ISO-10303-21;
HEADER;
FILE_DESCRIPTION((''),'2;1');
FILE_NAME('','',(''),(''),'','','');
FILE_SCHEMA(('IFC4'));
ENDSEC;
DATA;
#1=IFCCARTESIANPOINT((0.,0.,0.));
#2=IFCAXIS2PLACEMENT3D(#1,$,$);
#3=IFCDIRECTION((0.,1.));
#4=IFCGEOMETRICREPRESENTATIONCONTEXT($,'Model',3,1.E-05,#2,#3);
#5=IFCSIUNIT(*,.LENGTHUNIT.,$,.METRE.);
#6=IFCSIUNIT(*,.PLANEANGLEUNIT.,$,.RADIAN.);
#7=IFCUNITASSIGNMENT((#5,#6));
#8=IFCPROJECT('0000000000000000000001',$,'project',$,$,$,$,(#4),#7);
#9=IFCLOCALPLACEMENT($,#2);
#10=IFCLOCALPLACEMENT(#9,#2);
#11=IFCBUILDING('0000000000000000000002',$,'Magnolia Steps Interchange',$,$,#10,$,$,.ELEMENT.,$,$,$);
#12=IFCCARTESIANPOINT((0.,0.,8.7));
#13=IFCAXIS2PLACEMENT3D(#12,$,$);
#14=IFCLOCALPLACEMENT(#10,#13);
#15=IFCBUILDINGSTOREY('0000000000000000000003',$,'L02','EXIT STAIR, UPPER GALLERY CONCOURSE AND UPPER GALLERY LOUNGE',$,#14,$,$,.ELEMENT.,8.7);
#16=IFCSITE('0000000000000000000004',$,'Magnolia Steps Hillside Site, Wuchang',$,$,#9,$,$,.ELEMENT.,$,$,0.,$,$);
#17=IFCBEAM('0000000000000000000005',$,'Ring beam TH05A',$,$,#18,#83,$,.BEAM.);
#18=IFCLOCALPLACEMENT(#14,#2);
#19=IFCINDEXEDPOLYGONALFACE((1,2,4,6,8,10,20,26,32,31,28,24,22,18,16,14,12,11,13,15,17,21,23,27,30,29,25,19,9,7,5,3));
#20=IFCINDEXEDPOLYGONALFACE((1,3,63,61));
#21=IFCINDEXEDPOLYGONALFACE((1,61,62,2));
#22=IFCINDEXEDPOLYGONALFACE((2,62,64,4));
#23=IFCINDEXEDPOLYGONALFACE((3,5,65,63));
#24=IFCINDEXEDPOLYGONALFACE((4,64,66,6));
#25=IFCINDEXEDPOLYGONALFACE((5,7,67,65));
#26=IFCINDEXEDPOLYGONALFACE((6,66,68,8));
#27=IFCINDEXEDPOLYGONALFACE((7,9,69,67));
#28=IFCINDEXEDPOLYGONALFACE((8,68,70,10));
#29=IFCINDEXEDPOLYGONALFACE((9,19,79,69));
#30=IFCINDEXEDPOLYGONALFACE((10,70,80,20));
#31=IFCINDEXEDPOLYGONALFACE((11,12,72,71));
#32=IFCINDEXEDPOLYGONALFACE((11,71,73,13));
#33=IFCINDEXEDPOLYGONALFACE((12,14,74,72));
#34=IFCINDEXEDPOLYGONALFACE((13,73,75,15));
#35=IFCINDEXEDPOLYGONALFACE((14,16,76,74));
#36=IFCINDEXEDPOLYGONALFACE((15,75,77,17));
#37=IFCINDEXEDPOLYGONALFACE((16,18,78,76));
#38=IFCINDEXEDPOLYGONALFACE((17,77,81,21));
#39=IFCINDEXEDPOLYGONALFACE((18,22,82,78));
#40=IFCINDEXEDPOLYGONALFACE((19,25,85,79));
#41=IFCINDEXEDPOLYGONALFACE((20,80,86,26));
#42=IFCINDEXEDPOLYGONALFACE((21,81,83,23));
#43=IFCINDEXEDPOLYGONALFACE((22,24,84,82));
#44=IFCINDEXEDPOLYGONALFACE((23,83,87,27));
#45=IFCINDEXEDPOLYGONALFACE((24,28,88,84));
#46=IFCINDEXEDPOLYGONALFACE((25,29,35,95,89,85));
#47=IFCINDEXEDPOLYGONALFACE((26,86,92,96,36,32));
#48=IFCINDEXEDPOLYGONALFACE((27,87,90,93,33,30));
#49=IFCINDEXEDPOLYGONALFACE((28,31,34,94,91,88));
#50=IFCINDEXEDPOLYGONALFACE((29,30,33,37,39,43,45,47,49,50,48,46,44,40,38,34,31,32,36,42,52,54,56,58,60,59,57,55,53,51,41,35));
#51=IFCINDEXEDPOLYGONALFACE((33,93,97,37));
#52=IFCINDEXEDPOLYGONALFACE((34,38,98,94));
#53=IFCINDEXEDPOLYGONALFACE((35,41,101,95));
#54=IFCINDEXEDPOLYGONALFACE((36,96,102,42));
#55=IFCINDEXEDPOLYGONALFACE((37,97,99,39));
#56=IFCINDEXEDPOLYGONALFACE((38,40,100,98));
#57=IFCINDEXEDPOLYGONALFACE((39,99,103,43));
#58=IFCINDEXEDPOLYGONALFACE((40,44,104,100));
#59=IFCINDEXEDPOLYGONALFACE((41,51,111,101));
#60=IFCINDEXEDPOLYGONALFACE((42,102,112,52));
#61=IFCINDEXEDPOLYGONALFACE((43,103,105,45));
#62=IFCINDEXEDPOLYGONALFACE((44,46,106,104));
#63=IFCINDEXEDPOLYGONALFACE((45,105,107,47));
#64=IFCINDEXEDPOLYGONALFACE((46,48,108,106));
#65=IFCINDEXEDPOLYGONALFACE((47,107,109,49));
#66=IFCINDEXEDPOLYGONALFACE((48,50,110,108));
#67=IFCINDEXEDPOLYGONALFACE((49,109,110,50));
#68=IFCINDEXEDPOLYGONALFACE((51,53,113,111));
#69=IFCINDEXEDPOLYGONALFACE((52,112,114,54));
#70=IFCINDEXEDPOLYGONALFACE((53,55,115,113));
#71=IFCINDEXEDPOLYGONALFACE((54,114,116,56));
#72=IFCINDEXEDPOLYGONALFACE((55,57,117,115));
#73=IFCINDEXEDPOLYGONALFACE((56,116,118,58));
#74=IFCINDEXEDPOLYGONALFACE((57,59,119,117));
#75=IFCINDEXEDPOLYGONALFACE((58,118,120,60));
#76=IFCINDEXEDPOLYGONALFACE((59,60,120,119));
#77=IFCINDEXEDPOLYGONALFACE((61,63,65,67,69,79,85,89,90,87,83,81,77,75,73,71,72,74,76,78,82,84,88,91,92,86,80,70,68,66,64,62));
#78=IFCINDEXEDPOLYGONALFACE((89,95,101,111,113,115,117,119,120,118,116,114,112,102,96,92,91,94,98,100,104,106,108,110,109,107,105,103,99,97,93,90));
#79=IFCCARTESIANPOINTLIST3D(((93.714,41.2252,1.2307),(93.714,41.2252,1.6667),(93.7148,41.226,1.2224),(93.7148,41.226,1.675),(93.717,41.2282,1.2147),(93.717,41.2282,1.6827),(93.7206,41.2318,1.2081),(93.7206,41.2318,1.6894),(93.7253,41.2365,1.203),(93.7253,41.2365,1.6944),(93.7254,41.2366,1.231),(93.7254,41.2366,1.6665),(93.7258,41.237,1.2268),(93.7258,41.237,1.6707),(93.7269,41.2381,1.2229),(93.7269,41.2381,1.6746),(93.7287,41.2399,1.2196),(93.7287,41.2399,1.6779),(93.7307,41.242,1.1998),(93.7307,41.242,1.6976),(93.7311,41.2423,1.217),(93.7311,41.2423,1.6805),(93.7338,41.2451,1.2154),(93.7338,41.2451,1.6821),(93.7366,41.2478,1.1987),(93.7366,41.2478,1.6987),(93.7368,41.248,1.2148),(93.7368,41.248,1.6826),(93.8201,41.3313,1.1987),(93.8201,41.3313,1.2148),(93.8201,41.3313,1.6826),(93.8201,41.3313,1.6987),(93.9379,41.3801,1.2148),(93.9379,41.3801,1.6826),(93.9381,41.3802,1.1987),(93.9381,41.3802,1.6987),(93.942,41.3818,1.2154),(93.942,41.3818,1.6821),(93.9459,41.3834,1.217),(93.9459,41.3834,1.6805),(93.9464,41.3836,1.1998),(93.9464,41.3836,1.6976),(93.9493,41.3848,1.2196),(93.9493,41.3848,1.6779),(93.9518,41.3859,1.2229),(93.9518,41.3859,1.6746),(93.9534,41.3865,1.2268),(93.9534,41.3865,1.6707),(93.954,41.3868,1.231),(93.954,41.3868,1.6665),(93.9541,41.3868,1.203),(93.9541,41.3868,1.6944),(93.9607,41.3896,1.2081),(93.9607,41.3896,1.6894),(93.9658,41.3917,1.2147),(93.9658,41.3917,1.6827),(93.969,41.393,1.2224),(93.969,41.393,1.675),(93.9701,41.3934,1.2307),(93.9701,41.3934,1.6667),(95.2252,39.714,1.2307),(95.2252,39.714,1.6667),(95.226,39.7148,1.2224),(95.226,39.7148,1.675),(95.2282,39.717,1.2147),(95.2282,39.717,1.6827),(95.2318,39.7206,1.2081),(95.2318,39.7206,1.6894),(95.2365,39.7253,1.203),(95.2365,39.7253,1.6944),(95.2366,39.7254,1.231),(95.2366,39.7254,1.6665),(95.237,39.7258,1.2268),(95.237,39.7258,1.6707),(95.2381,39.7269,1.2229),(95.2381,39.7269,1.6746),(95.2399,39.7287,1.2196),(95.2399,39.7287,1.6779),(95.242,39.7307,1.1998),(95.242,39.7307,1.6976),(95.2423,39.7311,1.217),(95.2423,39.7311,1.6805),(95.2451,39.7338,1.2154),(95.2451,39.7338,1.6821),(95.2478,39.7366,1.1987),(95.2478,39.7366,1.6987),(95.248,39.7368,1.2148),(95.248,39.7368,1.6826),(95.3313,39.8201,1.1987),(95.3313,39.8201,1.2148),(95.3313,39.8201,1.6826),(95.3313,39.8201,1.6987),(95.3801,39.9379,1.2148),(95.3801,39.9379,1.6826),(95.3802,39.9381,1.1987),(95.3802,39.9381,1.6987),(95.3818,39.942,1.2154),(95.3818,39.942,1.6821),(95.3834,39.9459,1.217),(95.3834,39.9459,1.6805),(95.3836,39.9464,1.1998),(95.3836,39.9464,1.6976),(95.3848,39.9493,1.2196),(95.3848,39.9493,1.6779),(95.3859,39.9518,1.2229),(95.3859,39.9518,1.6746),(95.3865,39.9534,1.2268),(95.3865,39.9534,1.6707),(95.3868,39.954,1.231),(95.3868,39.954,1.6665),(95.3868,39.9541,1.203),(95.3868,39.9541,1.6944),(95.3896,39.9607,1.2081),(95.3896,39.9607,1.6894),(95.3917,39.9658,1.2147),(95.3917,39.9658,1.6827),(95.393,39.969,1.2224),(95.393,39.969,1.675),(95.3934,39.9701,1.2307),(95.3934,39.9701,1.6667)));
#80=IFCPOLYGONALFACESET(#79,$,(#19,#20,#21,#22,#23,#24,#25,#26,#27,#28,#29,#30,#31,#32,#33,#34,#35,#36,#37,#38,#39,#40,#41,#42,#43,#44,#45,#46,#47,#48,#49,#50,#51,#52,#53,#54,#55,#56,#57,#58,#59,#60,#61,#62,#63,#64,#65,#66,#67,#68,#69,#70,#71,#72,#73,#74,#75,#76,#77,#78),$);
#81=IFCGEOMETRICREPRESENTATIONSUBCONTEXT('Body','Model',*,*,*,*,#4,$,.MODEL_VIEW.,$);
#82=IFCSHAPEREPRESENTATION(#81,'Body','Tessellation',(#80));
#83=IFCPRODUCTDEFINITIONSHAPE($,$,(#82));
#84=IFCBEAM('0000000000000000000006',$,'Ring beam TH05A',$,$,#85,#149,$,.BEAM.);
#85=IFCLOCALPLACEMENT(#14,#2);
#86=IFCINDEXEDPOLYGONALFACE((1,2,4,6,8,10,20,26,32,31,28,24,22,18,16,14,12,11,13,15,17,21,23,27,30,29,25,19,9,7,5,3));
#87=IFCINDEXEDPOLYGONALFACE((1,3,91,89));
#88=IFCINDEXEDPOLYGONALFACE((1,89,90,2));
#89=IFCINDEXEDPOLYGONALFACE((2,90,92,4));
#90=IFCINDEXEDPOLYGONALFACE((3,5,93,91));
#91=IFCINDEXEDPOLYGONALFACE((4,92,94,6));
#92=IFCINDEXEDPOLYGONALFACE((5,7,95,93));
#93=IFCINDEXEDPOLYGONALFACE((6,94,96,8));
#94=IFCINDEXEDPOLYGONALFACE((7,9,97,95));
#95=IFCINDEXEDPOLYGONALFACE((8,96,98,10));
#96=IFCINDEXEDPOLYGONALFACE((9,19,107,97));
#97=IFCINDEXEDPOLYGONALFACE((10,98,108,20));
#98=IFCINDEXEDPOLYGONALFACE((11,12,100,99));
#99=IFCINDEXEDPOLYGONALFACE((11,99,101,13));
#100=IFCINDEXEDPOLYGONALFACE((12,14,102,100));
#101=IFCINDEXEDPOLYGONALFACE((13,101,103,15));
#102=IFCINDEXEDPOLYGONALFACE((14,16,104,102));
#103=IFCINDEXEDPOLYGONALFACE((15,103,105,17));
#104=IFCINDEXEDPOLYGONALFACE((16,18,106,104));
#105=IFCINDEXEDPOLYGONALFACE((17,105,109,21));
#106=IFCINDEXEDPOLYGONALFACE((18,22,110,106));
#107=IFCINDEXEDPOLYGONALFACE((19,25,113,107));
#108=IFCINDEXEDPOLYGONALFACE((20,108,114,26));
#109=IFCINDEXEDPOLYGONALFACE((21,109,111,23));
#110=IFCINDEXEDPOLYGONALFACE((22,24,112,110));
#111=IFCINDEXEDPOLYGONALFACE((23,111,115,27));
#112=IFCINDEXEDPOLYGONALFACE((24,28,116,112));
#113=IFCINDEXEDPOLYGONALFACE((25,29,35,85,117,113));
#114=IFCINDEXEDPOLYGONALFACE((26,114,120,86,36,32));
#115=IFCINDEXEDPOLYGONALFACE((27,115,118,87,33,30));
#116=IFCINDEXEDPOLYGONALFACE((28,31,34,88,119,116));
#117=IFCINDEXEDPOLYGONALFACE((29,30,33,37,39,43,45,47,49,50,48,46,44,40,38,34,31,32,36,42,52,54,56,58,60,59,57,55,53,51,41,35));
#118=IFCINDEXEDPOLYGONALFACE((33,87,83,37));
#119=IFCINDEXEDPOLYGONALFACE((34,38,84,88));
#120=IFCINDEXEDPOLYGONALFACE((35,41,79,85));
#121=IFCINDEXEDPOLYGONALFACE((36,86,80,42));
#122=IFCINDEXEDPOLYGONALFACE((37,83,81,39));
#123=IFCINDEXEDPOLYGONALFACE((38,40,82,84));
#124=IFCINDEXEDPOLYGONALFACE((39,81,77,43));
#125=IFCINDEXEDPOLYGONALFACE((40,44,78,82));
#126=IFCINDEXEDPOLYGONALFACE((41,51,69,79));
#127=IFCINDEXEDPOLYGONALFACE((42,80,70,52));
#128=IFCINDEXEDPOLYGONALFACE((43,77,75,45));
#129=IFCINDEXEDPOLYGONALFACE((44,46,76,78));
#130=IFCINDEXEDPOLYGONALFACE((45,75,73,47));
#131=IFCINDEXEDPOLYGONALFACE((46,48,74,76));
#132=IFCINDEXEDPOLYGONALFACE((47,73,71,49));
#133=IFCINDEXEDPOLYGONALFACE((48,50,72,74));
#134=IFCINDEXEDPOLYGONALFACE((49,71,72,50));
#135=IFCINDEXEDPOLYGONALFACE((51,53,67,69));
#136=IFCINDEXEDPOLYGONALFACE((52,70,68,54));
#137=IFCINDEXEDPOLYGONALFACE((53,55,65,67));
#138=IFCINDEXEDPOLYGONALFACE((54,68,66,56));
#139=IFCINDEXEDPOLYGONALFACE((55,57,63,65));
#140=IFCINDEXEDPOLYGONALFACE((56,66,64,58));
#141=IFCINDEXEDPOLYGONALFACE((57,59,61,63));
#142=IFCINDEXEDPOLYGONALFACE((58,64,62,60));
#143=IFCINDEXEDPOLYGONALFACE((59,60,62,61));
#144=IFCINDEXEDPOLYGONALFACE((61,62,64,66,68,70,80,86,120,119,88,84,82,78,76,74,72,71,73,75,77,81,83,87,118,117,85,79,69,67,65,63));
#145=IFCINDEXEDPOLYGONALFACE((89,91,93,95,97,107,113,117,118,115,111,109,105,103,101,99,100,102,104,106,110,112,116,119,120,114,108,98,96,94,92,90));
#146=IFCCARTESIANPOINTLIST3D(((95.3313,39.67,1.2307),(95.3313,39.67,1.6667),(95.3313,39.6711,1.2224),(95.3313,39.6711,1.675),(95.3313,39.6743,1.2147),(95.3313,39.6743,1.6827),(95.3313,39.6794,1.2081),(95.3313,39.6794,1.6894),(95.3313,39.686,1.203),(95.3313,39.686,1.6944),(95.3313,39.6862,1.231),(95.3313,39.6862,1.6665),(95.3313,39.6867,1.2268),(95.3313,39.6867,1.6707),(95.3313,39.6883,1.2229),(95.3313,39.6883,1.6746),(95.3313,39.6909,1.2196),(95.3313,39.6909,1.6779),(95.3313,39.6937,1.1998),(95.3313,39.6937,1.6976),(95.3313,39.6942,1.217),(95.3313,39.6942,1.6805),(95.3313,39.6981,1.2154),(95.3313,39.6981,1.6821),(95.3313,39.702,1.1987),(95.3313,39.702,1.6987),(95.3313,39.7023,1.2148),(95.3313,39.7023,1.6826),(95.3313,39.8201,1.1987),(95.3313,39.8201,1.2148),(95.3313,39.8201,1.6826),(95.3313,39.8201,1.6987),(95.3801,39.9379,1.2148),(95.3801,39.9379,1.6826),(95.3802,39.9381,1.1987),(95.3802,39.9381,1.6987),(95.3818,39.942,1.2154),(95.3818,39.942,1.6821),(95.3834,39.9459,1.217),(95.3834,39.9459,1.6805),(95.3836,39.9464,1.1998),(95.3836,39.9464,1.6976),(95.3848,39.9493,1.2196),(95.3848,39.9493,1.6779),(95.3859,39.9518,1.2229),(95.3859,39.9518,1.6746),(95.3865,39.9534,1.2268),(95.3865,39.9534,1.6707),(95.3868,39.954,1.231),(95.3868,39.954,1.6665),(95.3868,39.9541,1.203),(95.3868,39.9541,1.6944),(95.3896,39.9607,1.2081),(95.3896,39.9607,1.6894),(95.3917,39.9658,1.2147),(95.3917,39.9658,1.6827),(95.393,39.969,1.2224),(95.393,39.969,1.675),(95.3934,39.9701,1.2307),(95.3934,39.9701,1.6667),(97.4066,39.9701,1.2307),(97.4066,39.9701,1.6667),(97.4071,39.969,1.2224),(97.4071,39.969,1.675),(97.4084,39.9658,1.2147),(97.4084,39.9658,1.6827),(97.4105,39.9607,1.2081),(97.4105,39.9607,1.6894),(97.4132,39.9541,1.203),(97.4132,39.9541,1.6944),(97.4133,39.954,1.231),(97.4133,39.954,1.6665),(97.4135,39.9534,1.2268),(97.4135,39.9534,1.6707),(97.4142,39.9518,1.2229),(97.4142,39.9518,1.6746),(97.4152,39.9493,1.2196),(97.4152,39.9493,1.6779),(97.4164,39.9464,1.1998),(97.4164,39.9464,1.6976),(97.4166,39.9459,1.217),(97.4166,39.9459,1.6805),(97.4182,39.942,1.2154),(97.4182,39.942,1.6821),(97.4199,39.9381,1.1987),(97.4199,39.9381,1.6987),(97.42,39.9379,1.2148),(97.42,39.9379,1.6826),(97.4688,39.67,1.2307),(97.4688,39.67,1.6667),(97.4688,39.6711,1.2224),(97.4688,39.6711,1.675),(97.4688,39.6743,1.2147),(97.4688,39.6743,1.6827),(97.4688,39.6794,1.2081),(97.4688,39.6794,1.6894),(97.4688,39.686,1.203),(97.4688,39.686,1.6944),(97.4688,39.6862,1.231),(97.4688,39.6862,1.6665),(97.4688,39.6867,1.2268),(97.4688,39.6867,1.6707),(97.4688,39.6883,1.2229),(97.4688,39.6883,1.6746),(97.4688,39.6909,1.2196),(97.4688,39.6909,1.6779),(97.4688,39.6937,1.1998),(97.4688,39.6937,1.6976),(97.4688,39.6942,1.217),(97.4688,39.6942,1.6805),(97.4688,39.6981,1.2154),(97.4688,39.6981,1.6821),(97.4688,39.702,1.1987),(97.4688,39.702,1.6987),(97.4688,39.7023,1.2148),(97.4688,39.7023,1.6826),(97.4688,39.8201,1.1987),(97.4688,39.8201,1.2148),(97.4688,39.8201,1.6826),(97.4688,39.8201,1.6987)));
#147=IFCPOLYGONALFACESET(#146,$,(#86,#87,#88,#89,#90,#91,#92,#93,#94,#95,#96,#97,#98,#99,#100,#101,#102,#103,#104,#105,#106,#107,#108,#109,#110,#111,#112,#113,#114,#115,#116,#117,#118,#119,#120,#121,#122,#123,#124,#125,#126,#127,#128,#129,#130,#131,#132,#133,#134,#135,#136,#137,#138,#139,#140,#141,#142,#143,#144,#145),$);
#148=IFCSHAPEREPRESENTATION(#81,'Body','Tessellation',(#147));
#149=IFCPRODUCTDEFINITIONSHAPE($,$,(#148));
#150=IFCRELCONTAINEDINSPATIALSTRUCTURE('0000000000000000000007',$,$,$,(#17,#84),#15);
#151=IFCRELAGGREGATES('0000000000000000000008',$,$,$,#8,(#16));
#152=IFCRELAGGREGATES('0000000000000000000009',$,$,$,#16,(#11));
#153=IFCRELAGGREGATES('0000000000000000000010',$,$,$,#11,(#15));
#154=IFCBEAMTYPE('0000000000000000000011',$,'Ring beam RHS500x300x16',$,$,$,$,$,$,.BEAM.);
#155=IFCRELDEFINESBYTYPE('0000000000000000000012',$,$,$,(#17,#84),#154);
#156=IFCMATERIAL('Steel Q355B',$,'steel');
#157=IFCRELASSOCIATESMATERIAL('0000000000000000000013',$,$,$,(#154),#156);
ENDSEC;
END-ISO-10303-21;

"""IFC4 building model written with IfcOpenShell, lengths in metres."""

from ifc_helpers import new_model, si_unit, direction, frame, origin, origin_2d, place, context, subcontext, project, spatial, hollow_rectangle, extrude, clip, halfspace, material, material_profile, profile_set, type_object, element, save


model = new_model("IFC4")

# Units and contexts
model_context = context("Model", 3, precision=1e-05, world=origin(), true_north=direction((0.0, 1.0)))
body_context = subcontext(model_context, "Body", "Model", "MODEL_VIEW")
ifc_project = project(units=[si_unit("LENGTHUNIT", "METRE"), si_unit("PLANEANGLEUNIT", "RADIAN")], contexts=[model_context])

# Site, building, storey
site_placement = place(None, origin())
site = spatial("IfcSite", under=ifc_project, at=site_placement, Name="Magnolia Steps Hillside Site, Wuchang", CompositionType="ELEMENT", RefElevation=0.0)
building_placement = place(site_placement, origin())
building = spatial("IfcBuilding", under=site, at=building_placement, Name="Magnolia Steps Interchange", CompositionType="ELEMENT")
storey_placement = place(building_placement, frame((0.0, 0.0, 8.7)))
storey = spatial("IfcBuildingStorey", under=building, at=storey_placement, Name="L02", Description="EXIT STAIR, UPPER GALLERY CONCOURSE AND UPPER GALLERY LOUNGE", CompositionType="ELEMENT", Elevation=8.7)

# Beams
ifc_material_1 = material(Name="Steel Q355B", Category="steel")
ifc_material_profile_1 = material_profile(ifc_material_1, hollow_rectangle(XDim=0.3, YDim=0.5, WallThickness=0.0161, InnerFilletRadius=0.0161, OuterFilletRadius=0.032, at=origin_2d()), Name="RHS500x300x16")
ifc_profile_set_1 = profile_set([ifc_material_profile_1], Name="Steel Q355B")
beam_type = type_object("IfcBeamType", Name="Ring beam RHS500x300x16", PredefinedType="BEAM", material=ifc_profile_set_1)
beam_1_placement = place(storey_placement, frame((93.8201, 41.3313, 1.4487), z_axis=(0.707107, -0.707107, 0.0), x_axis=(0.707107, 0.707107, 0.0)))
element("IfcBeam", 1, at=beam_1_placement, inside=storey, type_object=beam_type, Name="Ring beam TH05A", PredefinedType="BEAM", context=body_context, shape_type="Clipping", body=[
    clip(clip(extrude(hollow_rectangle(XDim=0.3, YDim=0.5, WallThickness=0.0161, InnerFilletRadius=0.0161, OuterFilletRadius=0.032, at=origin_2d()), origin(), (0.0, 0.0, 1.0), 2.1372), halfspace(frame((0.0, 0.0, 0.0), z_axis=(0.382683, 0.0, -0.92388), x_axis=(0.92388, 0.0, 0.382683)), False)), halfspace(frame((0.0, 0.0, 2.1372), z_axis=(0.382683, 0.0, 0.92388), x_axis=(0.92388, 0.0, -0.382683)), False)),
])
beam_2_placement = place(storey_placement, frame((95.3313, 39.8201, 1.4487), z_axis=(1.0, 0.0, 0.0), x_axis=(0.0, 1.0, 0.0)))
element("IfcBeam", 2, at=beam_2_placement, inside=storey, type_object=beam_type, Name="Ring beam TH05A", PredefinedType="BEAM", context=body_context, shape_type="Clipping", body=[
    clip(clip(extrude(hollow_rectangle(XDim=0.3, YDim=0.5, WallThickness=0.0161, InnerFilletRadius=0.0161, OuterFilletRadius=0.032, at=origin_2d()), origin(), (0.0, 0.0, 1.0), 2.1375), halfspace(frame((0.0, 0.0, 0.0), z_axis=(0.382683, 0.0, -0.92388), x_axis=(0.92388, 0.0, 0.382683)), False)), halfspace(frame((0.0, 0.0, 2.1375), z_axis=(0.382683, 0.0, 0.92388), x_axis=(0.92388, 0.0, -0.382683)), False)),
])

save(model, "model.ifc")
